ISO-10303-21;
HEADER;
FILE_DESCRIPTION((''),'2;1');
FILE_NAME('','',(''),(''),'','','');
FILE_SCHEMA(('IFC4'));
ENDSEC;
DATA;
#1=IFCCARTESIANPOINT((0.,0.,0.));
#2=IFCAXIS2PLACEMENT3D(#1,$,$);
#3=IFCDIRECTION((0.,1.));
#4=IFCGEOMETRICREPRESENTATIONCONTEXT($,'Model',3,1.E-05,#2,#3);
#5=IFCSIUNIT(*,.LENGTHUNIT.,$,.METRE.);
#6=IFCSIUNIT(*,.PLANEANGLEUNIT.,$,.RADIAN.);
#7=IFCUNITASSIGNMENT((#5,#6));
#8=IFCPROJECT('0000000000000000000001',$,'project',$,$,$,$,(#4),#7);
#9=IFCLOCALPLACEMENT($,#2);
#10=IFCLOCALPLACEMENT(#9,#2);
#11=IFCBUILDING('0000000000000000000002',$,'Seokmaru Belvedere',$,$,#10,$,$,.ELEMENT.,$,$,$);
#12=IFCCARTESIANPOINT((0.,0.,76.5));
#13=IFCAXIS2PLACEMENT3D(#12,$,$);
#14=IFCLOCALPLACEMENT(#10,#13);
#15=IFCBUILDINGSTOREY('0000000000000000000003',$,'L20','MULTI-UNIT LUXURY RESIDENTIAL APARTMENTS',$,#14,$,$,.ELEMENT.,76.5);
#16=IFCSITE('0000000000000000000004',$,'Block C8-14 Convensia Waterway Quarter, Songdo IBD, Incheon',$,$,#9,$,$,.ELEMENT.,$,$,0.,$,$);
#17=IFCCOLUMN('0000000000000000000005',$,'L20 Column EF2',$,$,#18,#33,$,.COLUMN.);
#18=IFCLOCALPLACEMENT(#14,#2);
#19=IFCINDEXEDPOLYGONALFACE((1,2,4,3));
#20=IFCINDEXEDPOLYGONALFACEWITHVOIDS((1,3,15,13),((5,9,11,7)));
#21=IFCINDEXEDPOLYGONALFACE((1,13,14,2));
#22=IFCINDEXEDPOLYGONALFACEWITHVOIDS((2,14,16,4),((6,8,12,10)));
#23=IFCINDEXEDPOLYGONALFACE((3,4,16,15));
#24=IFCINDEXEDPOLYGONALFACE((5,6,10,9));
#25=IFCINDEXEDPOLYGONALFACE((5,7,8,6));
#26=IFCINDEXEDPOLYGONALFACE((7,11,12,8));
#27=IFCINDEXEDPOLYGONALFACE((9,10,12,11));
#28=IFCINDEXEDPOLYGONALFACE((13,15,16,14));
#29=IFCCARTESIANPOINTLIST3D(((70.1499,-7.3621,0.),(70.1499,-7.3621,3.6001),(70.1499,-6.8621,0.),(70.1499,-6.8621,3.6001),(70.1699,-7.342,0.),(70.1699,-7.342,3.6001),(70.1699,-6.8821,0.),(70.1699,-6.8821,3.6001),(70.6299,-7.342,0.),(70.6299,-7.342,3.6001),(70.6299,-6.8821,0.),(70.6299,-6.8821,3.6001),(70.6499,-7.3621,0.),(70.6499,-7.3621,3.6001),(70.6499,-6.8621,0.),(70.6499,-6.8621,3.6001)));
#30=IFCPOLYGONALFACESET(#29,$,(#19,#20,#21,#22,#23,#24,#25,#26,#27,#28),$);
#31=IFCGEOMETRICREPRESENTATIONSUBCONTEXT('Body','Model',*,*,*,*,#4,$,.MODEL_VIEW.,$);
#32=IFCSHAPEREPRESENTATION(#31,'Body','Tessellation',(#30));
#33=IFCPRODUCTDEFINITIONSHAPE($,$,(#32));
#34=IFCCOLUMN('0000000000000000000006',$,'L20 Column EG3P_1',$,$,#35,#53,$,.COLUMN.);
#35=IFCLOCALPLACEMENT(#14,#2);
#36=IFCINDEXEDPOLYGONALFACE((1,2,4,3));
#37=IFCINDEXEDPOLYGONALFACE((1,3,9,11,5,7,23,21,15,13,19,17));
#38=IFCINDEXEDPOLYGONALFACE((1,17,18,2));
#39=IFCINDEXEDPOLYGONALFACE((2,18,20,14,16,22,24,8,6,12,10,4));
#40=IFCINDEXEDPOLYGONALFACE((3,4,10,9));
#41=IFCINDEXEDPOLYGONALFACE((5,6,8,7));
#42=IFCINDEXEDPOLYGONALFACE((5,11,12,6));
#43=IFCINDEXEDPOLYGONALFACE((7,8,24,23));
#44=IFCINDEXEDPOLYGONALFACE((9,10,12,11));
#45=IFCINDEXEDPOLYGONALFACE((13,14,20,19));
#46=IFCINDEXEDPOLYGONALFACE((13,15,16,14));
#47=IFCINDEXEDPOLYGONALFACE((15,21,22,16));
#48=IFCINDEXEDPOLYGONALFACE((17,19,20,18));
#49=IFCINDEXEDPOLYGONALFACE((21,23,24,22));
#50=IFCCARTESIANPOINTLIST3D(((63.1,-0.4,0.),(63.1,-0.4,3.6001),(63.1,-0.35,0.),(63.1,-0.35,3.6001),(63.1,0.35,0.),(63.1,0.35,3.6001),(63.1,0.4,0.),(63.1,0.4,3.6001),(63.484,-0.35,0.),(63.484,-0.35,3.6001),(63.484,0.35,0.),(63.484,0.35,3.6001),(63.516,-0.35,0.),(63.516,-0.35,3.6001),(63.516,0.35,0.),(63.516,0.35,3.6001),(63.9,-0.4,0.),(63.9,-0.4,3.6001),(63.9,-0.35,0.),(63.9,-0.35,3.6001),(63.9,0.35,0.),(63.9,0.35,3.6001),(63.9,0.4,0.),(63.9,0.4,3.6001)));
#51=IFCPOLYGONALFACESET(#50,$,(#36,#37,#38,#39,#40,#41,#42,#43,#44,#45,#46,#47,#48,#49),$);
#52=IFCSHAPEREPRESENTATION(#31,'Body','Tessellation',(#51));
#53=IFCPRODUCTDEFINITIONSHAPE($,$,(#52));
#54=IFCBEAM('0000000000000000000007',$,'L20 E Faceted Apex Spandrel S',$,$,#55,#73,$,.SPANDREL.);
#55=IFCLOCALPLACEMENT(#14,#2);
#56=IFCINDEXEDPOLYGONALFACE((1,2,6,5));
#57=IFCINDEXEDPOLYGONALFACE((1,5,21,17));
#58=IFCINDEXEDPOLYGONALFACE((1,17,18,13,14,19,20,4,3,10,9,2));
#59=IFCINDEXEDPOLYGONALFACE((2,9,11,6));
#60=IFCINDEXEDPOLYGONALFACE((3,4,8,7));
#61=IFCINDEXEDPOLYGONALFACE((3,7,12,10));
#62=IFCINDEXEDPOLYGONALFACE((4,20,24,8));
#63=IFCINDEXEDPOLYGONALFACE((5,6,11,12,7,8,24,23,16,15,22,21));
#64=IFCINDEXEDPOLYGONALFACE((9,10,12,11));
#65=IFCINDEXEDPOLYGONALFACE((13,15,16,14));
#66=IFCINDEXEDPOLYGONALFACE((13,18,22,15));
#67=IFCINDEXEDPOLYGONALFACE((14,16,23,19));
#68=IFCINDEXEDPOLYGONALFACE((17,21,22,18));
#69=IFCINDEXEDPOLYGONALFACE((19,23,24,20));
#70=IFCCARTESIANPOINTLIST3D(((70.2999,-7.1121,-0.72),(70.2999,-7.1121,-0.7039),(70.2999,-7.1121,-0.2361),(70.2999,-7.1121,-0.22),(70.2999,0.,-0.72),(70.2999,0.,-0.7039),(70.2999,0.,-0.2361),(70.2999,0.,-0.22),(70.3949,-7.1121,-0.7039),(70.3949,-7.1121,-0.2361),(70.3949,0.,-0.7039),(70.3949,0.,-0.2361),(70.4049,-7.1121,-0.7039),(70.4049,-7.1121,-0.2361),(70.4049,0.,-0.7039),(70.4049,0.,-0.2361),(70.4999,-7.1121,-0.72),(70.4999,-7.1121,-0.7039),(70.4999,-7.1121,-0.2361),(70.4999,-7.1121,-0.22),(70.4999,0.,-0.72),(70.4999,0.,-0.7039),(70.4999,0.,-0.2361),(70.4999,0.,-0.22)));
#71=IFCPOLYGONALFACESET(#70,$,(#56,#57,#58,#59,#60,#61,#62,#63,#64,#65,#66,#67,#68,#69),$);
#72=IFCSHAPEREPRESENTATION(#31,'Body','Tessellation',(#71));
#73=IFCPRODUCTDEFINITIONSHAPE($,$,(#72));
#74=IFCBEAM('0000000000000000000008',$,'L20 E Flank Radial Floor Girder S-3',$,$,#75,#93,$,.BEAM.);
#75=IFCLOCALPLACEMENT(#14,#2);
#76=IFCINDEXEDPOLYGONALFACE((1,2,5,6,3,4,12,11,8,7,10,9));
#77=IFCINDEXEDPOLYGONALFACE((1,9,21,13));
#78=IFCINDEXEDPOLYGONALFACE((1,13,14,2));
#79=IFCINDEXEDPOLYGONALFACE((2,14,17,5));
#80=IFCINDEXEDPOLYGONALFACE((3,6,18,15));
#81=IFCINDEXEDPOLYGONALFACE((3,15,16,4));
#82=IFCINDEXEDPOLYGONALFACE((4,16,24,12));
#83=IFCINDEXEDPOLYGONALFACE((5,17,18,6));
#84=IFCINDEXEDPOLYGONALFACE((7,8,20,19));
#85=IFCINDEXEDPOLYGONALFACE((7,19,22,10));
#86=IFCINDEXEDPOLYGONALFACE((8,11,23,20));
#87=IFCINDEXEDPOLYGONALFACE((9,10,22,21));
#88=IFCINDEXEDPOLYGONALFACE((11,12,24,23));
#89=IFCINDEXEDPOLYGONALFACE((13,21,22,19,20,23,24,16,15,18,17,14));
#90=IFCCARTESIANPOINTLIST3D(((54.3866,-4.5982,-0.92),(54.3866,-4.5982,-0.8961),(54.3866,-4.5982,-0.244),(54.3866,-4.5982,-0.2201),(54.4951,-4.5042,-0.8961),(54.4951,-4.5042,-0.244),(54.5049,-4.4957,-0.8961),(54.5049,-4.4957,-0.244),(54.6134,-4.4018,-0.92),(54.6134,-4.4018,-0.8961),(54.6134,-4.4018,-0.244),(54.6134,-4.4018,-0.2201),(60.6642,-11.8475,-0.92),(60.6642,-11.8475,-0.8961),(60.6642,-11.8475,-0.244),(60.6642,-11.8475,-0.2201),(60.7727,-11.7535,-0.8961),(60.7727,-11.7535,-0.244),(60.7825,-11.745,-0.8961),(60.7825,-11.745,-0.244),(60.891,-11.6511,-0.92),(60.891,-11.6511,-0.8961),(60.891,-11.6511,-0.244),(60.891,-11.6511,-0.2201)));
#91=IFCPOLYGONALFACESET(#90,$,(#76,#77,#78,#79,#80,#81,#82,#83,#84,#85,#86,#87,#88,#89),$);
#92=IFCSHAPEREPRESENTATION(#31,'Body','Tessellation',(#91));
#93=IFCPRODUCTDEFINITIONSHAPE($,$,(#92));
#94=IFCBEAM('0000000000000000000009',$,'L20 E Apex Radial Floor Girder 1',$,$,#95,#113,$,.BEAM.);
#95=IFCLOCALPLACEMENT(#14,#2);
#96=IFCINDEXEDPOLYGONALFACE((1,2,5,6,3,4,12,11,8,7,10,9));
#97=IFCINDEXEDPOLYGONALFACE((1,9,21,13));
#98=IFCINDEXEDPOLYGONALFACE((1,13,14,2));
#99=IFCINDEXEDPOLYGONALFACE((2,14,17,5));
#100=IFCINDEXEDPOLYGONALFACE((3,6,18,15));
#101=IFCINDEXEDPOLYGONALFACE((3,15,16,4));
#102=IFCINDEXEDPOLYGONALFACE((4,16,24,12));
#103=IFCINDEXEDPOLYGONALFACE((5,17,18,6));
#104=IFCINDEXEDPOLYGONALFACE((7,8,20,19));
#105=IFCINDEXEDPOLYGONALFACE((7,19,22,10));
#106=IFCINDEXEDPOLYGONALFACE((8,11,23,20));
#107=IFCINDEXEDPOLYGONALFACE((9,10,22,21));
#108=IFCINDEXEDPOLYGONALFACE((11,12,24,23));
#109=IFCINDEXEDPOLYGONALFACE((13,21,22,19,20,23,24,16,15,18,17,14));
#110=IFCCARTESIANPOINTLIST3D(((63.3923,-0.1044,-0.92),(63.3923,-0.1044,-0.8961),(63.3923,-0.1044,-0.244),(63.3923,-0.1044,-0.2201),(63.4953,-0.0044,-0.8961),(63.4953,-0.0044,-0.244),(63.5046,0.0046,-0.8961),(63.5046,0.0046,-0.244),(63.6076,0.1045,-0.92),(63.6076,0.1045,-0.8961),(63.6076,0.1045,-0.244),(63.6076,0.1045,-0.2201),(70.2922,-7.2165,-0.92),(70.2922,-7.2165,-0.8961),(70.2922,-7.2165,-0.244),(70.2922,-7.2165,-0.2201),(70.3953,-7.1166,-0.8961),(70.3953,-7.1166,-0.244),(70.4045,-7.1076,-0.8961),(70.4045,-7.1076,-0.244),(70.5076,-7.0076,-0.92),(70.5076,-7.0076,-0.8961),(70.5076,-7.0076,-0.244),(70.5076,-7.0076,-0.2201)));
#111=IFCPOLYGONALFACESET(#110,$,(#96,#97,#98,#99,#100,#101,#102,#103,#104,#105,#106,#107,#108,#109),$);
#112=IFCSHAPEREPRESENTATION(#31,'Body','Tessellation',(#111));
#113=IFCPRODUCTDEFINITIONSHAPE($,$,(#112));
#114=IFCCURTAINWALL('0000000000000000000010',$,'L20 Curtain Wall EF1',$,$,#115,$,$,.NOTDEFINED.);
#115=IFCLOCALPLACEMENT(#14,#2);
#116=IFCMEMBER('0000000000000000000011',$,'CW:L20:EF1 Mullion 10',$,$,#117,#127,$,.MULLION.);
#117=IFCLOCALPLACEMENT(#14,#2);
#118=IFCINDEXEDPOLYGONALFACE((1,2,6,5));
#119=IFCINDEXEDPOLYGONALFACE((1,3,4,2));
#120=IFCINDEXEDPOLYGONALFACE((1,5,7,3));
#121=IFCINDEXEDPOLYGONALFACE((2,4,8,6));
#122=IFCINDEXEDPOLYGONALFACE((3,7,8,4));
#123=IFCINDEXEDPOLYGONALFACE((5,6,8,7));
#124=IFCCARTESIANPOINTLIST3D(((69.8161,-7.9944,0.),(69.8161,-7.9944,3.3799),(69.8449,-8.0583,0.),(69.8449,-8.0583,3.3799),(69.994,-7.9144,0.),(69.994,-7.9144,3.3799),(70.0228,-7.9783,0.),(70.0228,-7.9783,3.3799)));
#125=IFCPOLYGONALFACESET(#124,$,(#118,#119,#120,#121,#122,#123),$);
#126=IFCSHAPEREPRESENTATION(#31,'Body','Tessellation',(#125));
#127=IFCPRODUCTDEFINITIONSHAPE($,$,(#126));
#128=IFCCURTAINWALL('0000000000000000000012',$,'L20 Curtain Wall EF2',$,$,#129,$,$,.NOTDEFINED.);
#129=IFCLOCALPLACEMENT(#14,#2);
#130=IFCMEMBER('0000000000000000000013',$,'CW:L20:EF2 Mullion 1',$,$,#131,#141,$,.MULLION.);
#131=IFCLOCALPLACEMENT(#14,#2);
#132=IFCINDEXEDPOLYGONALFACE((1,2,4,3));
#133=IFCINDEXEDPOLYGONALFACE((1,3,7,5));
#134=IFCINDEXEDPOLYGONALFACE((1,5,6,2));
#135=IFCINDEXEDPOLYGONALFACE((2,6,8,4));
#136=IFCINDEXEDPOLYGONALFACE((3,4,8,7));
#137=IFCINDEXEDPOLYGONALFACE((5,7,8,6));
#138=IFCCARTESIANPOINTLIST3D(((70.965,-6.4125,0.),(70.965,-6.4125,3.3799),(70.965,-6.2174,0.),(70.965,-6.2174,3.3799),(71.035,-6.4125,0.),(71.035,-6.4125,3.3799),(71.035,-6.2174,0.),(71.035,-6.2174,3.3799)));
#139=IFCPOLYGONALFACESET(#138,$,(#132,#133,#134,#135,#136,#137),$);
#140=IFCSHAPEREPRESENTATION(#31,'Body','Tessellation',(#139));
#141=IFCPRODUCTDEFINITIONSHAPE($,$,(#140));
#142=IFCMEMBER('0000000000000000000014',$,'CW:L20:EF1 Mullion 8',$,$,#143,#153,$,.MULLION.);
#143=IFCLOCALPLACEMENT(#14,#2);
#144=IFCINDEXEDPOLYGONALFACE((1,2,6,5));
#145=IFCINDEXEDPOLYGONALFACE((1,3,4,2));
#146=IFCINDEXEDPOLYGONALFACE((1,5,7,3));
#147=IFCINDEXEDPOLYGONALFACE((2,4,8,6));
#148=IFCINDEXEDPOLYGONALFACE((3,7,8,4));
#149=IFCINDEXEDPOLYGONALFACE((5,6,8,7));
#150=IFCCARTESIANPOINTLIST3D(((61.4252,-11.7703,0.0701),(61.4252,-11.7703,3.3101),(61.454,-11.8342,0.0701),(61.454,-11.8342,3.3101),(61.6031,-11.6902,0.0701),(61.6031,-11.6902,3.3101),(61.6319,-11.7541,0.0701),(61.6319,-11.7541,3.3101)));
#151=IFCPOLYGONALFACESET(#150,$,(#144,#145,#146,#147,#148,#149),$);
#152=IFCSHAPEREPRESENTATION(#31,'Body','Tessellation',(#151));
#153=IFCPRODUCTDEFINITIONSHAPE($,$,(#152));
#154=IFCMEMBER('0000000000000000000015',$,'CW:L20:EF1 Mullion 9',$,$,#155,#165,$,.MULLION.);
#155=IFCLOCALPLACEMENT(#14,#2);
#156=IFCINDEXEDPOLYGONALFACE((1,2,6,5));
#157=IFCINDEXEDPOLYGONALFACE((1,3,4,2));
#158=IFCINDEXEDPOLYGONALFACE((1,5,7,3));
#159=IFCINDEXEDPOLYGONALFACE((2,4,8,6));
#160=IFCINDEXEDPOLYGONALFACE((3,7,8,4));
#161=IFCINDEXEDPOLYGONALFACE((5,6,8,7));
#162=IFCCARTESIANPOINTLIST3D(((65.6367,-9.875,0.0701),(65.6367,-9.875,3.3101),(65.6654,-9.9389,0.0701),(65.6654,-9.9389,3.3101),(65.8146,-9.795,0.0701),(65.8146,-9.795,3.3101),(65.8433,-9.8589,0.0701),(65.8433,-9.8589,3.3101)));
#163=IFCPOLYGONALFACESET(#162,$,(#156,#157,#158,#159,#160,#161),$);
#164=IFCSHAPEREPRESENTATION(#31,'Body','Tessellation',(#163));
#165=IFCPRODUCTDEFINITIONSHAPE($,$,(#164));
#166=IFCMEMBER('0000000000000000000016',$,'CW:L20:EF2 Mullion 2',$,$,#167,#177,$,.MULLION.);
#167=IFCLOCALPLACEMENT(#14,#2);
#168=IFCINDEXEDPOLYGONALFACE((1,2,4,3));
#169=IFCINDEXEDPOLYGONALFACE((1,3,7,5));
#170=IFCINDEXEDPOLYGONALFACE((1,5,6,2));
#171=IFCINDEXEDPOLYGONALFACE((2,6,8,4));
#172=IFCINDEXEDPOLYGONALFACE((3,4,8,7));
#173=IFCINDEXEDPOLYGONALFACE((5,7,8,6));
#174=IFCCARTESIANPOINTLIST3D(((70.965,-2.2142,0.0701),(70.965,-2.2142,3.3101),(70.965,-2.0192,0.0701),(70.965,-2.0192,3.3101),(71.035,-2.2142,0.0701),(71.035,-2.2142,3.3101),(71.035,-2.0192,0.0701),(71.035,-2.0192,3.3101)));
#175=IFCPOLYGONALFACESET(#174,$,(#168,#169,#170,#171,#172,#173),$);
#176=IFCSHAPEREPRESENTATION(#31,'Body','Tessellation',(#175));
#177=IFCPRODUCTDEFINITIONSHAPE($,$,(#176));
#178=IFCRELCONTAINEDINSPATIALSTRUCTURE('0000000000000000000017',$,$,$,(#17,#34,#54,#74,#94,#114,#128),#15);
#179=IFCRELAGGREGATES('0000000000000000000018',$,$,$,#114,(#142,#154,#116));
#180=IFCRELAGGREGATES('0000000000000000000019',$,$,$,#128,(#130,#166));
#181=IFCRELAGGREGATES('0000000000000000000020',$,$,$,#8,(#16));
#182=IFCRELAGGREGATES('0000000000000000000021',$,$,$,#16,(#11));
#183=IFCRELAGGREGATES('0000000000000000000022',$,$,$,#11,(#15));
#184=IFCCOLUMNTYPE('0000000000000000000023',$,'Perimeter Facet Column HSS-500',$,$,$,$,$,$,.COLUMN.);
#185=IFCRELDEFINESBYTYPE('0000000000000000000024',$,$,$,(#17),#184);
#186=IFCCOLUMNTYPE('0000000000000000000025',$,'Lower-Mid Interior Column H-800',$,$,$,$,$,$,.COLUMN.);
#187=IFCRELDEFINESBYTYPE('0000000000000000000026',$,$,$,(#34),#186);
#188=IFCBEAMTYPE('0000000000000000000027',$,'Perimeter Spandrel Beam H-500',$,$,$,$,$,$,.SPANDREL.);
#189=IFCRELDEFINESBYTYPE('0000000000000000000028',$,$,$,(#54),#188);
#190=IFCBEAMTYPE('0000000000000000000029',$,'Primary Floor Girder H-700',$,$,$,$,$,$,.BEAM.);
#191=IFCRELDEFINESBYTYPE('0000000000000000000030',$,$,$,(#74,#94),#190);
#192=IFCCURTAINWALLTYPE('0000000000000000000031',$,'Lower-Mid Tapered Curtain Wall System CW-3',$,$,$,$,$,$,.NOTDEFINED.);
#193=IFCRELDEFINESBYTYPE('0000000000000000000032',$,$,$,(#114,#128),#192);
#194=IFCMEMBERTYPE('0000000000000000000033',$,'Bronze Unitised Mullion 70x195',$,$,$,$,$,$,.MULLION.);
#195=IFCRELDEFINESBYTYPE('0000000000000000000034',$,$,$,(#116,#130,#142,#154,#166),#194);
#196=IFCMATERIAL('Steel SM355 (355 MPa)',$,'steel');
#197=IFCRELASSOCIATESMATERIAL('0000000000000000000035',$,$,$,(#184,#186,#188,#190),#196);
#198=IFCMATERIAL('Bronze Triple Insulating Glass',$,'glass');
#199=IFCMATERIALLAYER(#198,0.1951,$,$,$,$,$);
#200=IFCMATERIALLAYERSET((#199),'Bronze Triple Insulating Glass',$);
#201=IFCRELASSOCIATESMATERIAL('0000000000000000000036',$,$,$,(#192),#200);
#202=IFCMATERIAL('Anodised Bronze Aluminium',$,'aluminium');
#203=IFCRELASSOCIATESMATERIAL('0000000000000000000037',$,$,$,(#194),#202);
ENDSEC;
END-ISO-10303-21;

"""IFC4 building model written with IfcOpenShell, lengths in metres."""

from ifc_helpers import new_model, si_unit, direction, frame, origin, origin_2d, place, context, subcontext, project, spatial, rectangle, hollow_rectangle, i_section, extrude, source, transform, mapped, material, layer, layer_set, material_profile, profile_set, type_object, type_shapes, element, aggregate, save


model = new_model("IFC4")

# Units and contexts
model_context = context("Model", 3, precision=1e-05, world=origin(), true_north=direction((0.0, 1.0)))
body_context = subcontext(model_context, "Body", "Model", "MODEL_VIEW")
ifc_project = project(units=[si_unit("LENGTHUNIT", "METRE"), si_unit("PLANEANGLEUNIT", "RADIAN")], contexts=[model_context])

# Site, building, storey
site_placement = place(None, origin())
site = spatial("IfcSite", under=ifc_project, at=site_placement, Name="Block C8-14 Convensia Waterway Quarter, Songdo IBD, Incheon", CompositionType="ELEMENT", RefElevation=0.0)
building_placement = place(site_placement, origin())
building = spatial("IfcBuilding", under=site, at=building_placement, Name="Seokmaru Belvedere", CompositionType="ELEMENT")
storey_placement = place(building_placement, frame((0.0, 0.0, 76.5)))
storey = spatial("IfcBuildingStorey", under=building, at=storey_placement, Name="L20", Description="MULTI-UNIT LUXURY RESIDENTIAL APARTMENTS", CompositionType="ELEMENT", Elevation=76.5)

# Columns
ifc_material_1 = material(Name="Steel SM355 (355 MPa)", Category="steel")
ifc_material_profile_1 = material_profile(ifc_material_1, hollow_rectangle(XDim=0.5, YDim=0.5, WallThickness=0.02, at=origin_2d()), Name="HSS-500x500x20")
ifc_profile_set_1 = profile_set([ifc_material_profile_1], Name="Steel SM355 (355 MPa)")
column_type_1 = type_object("IfcColumnType", Name="Perimeter Facet Column HSS-500", PredefinedType="COLUMN", material=ifc_profile_set_1)
shared_shape_1 = source(origin(), body_context, "Body", "SweptSolid", [
    extrude(hollow_rectangle(XDim=0.5, YDim=0.5, WallThickness=0.02, at=origin_2d()), origin(), (0.0, 0.0, 1.0), 3.6001),
])
type_shapes(column_type_1, [shared_shape_1])
column_1_placement = place(storey_placement, frame((70.3999, -7.1121, 0.0), z_axis=(0.0, 0.0, 1.0), x_axis=(1.0, 0.0, 0.0)))
element("IfcColumn", 1, at=column_1_placement, inside=storey, type_object=column_type_1, Name="L20 Column EF2", PredefinedType="COLUMN", context=body_context, shape_type="MappedRepresentation", body=[
    mapped(shared_shape_1, transform((0.0, 0.0, 0.0), scale=1.0)),
])
ifc_material_profile_2 = material_profile(ifc_material_1, i_section(OverallWidth=0.8, OverallDepth=0.8, WebThickness=0.032, FlangeThickness=0.05, at=origin_2d()), Name="H-800x800x32x50")
ifc_profile_set_2 = profile_set([ifc_material_profile_2], Name="Steel SM355 (355 MPa)")
column_type_2 = type_object("IfcColumnType", Name="Lower-Mid Interior Column H-800", PredefinedType="COLUMN", material=ifc_profile_set_2)
shared_shape_2 = source(origin(), body_context, "Body", "SweptSolid", [
    extrude(i_section(OverallWidth=0.8, OverallDepth=0.8, WebThickness=0.032, FlangeThickness=0.05, at=origin_2d()), origin(), (0.0, 0.0, 1.0), 3.6001),
])
type_shapes(column_type_2, [shared_shape_2])
column_2_placement = place(storey_placement, frame((63.5, 0.0, 0.0), z_axis=(0.0, 0.0, 1.0), x_axis=(1.0, 0.0, 0.0)))
element("IfcColumn", 2, at=column_2_placement, inside=storey, type_object=column_type_2, Name="L20 Column EG3P_1", PredefinedType="COLUMN", context=body_context, shape_type="MappedRepresentation", body=[
    mapped(shared_shape_2, transform((0.0, 0.0, 0.0), scale=1.0)),
])

# Beams
ifc_material_profile_3 = material_profile(ifc_material_1, i_section(OverallWidth=0.2, OverallDepth=0.5, WebThickness=0.01, FlangeThickness=0.0161, at=origin_2d()), Name="H-500x200x10x16")
ifc_profile_set_3 = profile_set([ifc_material_profile_3], Name="Steel SM355 (355 MPa)")
beam_type_1 = type_object("IfcBeamType", Name="Perimeter Spandrel Beam H-500", PredefinedType="SPANDREL", material=ifc_profile_set_3)
shared_shape_3 = source(origin(), body_context, "Body", "SweptSolid", [
    extrude(i_section(OverallWidth=0.2, OverallDepth=0.5, WebThickness=0.01, FlangeThickness=0.0161, at=origin_2d()), origin(), (0.0, 0.0, 1.0), 7.1121),
])
type_shapes(beam_type_1, [shared_shape_3])
beam_1_placement = place(storey_placement, frame((70.3999, -7.1121, -0.47), z_axis=(0.0, 1.0, 0.0), x_axis=(-1.0, 0.0, 0.0)))
element("IfcBeam", 3, at=beam_1_placement, inside=storey, type_object=beam_type_1, Name="L20 E Faceted Apex Spandrel S", PredefinedType="SPANDREL", context=body_context, shape_type="MappedRepresentation", body=[
    mapped(shared_shape_3, transform((0.0, 0.0, 0.0), scale=1.0)),
])
ifc_material_profile_4 = material_profile(ifc_material_1, i_section(OverallWidth=0.3, OverallDepth=0.7, WebThickness=0.0129, FlangeThickness=0.0239, at=origin_2d()), Name="H-700x300x13x24")
ifc_profile_set_4 = profile_set([ifc_material_profile_4], Name="Steel SM355 (355 MPa)")
beam_type_2 = type_object("IfcBeamType", Name="Primary Floor Girder H-700", PredefinedType="BEAM", material=ifc_profile_set_4)
shared_shape_4 = source(origin(), body_context, "Body", "SweptSolid", [
    extrude(i_section(OverallWidth=0.3, OverallDepth=0.7, WebThickness=0.0129, FlangeThickness=0.0239, at=origin_2d()), origin(), (0.0, 0.0, 1.0), 9.5896),
])
beam_2_placement = place(storey_placement, frame((60.7776, -11.7493, -0.5701), z_axis=(-0.654626, 0.755953, 0.0), x_axis=(-0.755953, -0.654626, 0.0)))
element("IfcBeam", 4, at=beam_2_placement, inside=storey, type_object=beam_type_2, Name="L20 E Flank Radial Floor Girder S-3", PredefinedType="BEAM", context=body_context, shape_type="MappedRepresentation", body=[
    mapped(shared_shape_4, transform((0.0, 0.0, 0.0), scale=1.0)),
])
shared_shape_5 = source(origin(), body_context, "Body", "SweptSolid", [
    extrude(i_section(OverallWidth=0.3, OverallDepth=0.7, WebThickness=0.0129, FlangeThickness=0.0239, at=origin_2d()), origin(), (0.0, 0.0, 1.0), 9.9092),
])
type_shapes(beam_type_2, [shared_shape_4, shared_shape_5])
beam_3_placement = place(storey_placement, frame((70.3999, -7.1121, -0.5701), z_axis=(-0.696321, 0.717731, 0.0), x_axis=(-0.717731, -0.696321, 0.0)))
element("IfcBeam", 5, at=beam_3_placement, inside=storey, type_object=beam_type_2, Name="L20 E Apex Radial Floor Girder 1", PredefinedType="BEAM", context=body_context, shape_type="MappedRepresentation", body=[
    mapped(shared_shape_5, transform((0.0, 0.0, 0.0), scale=1.0)),
])

# Curtain walls, members
ifc_material_2 = material(Name="Bronze Triple Insulating Glass", Category="glass")
ifc_layer_1 = layer(ifc_material_2, 0.1951)
ifc_layer_set_1 = layer_set([ifc_layer_1], Name="Bronze Triple Insulating Glass")
curtain_wall_type = type_object("IfcCurtainWallType", Name="Lower-Mid Tapered Curtain Wall System CW-3", PredefinedType="NOTDEFINED", material=ifc_layer_set_1)
curtain_wall_1_placement = place(storey_placement, origin())
curtain_wall_1 = element("IfcCurtainWall", 6, at=curtain_wall_1_placement, inside=storey, type_object=curtain_wall_type, Name="L20 Curtain Wall EF1", PredefinedType="NOTDEFINED")
ifc_material_3 = material(Name="Anodised Bronze Aluminium", Category="aluminium")
ifc_material_profile_5 = material_profile(ifc_material_3, rectangle(XDim=0.0701, YDim=0.1951, at=origin_2d()), Name="CW-M-70x195")
ifc_profile_set_5 = profile_set([ifc_material_profile_5], Name="Anodised Bronze Aluminium")
member_type_1 = type_object("IfcMemberType", Name="Bronze Unitised Mullion 70x195", PredefinedType="MULLION", material=ifc_profile_set_5)
shared_shape_6 = source(origin(), body_context, "Body", "SweptSolid", [
    extrude(rectangle(XDim=0.0701, YDim=0.1951, at=origin_2d()), origin(), (0.0, 0.0, 1.0), 3.3799),
])
member_1_placement = place(storey_placement, frame((69.9194, -7.9863, 0.0), z_axis=(0.0, 0.0, 1.0), x_axis=(-0.410366, 0.911921, 0.0)))
member_1 = element("IfcMember", 7, at=member_1_placement, type_object=member_type_1, Name="CW:L20:EF1 Mullion 10", PredefinedType="MULLION", context=body_context, shape_type="MappedRepresentation", body=[
    mapped(shared_shape_6, transform((0.0, 0.0, 0.0), scale=1.0)),
])
curtain_wall_2_placement = place(storey_placement, origin())
curtain_wall_2 = element("IfcCurtainWall", 8, at=curtain_wall_2_placement, inside=storey, type_object=curtain_wall_type, Name="L20 Curtain Wall EF2", PredefinedType="NOTDEFINED")
member_2_placement = place(storey_placement, frame((71.0, -6.3149, 0.0), z_axis=(0.0, 0.0, 1.0), x_axis=(-1.0, 0.0, 0.0)))
member_2 = element("IfcMember", 9, at=member_2_placement, type_object=member_type_1, Name="CW:L20:EF2 Mullion 1", PredefinedType="MULLION", context=body_context, shape_type="MappedRepresentation", body=[
    mapped(shared_shape_6, transform((0.0, 0.0, 0.0), scale=1.0)),
])

# Members
shared_shape_7 = source(origin(), body_context, "Body", "SweptSolid", [
    extrude(rectangle(XDim=0.0701, YDim=0.1951, at=origin_2d()), origin(), (0.0, 0.0, 1.0), 3.24),
])
type_shapes(member_type_1, [shared_shape_6, shared_shape_7])
member_3_placement = place(storey_placement, frame((61.5286, -11.7622, 0.0701), z_axis=(0.0, 0.0, 1.0), x_axis=(-0.410366, 0.911921, 0.0)))
member_3 = element("IfcMember", 10, at=member_3_placement, type_object=member_type_1, Name="CW:L20:EF1 Mullion 8", PredefinedType="MULLION", context=body_context, shape_type="MappedRepresentation", body=[
    mapped(shared_shape_7, transform((0.0, 0.0, 0.0), scale=1.0)),
])
member_4_placement = place(storey_placement, frame((65.74, -9.8669, 0.0701), z_axis=(0.0, 0.0, 1.0), x_axis=(-0.410366, 0.911921, 0.0)))
member_4 = element("IfcMember", 11, at=member_4_placement, type_object=member_type_1, Name="CW:L20:EF1 Mullion 9", PredefinedType="MULLION", context=body_context, shape_type="MappedRepresentation", body=[
    mapped(shared_shape_7, transform((0.0, 0.0, 0.0), scale=1.0)),
])
member_5_placement = place(storey_placement, frame((71.0, -2.1167, 0.0701), z_axis=(0.0, 0.0, 1.0), x_axis=(-1.0, 0.0, 0.0)))
member_5 = element("IfcMember", 12, at=member_5_placement, type_object=member_type_1, Name="CW:L20:EF2 Mullion 2", PredefinedType="MULLION", context=body_context, shape_type="MappedRepresentation", body=[
    mapped(shared_shape_7, transform((0.0, 0.0, 0.0), scale=1.0)),
])

aggregate(curtain_wall_1, [member_3, member_4, member_1])
aggregate(curtain_wall_2, [member_2, member_5])

save(model, "model.ifc")
